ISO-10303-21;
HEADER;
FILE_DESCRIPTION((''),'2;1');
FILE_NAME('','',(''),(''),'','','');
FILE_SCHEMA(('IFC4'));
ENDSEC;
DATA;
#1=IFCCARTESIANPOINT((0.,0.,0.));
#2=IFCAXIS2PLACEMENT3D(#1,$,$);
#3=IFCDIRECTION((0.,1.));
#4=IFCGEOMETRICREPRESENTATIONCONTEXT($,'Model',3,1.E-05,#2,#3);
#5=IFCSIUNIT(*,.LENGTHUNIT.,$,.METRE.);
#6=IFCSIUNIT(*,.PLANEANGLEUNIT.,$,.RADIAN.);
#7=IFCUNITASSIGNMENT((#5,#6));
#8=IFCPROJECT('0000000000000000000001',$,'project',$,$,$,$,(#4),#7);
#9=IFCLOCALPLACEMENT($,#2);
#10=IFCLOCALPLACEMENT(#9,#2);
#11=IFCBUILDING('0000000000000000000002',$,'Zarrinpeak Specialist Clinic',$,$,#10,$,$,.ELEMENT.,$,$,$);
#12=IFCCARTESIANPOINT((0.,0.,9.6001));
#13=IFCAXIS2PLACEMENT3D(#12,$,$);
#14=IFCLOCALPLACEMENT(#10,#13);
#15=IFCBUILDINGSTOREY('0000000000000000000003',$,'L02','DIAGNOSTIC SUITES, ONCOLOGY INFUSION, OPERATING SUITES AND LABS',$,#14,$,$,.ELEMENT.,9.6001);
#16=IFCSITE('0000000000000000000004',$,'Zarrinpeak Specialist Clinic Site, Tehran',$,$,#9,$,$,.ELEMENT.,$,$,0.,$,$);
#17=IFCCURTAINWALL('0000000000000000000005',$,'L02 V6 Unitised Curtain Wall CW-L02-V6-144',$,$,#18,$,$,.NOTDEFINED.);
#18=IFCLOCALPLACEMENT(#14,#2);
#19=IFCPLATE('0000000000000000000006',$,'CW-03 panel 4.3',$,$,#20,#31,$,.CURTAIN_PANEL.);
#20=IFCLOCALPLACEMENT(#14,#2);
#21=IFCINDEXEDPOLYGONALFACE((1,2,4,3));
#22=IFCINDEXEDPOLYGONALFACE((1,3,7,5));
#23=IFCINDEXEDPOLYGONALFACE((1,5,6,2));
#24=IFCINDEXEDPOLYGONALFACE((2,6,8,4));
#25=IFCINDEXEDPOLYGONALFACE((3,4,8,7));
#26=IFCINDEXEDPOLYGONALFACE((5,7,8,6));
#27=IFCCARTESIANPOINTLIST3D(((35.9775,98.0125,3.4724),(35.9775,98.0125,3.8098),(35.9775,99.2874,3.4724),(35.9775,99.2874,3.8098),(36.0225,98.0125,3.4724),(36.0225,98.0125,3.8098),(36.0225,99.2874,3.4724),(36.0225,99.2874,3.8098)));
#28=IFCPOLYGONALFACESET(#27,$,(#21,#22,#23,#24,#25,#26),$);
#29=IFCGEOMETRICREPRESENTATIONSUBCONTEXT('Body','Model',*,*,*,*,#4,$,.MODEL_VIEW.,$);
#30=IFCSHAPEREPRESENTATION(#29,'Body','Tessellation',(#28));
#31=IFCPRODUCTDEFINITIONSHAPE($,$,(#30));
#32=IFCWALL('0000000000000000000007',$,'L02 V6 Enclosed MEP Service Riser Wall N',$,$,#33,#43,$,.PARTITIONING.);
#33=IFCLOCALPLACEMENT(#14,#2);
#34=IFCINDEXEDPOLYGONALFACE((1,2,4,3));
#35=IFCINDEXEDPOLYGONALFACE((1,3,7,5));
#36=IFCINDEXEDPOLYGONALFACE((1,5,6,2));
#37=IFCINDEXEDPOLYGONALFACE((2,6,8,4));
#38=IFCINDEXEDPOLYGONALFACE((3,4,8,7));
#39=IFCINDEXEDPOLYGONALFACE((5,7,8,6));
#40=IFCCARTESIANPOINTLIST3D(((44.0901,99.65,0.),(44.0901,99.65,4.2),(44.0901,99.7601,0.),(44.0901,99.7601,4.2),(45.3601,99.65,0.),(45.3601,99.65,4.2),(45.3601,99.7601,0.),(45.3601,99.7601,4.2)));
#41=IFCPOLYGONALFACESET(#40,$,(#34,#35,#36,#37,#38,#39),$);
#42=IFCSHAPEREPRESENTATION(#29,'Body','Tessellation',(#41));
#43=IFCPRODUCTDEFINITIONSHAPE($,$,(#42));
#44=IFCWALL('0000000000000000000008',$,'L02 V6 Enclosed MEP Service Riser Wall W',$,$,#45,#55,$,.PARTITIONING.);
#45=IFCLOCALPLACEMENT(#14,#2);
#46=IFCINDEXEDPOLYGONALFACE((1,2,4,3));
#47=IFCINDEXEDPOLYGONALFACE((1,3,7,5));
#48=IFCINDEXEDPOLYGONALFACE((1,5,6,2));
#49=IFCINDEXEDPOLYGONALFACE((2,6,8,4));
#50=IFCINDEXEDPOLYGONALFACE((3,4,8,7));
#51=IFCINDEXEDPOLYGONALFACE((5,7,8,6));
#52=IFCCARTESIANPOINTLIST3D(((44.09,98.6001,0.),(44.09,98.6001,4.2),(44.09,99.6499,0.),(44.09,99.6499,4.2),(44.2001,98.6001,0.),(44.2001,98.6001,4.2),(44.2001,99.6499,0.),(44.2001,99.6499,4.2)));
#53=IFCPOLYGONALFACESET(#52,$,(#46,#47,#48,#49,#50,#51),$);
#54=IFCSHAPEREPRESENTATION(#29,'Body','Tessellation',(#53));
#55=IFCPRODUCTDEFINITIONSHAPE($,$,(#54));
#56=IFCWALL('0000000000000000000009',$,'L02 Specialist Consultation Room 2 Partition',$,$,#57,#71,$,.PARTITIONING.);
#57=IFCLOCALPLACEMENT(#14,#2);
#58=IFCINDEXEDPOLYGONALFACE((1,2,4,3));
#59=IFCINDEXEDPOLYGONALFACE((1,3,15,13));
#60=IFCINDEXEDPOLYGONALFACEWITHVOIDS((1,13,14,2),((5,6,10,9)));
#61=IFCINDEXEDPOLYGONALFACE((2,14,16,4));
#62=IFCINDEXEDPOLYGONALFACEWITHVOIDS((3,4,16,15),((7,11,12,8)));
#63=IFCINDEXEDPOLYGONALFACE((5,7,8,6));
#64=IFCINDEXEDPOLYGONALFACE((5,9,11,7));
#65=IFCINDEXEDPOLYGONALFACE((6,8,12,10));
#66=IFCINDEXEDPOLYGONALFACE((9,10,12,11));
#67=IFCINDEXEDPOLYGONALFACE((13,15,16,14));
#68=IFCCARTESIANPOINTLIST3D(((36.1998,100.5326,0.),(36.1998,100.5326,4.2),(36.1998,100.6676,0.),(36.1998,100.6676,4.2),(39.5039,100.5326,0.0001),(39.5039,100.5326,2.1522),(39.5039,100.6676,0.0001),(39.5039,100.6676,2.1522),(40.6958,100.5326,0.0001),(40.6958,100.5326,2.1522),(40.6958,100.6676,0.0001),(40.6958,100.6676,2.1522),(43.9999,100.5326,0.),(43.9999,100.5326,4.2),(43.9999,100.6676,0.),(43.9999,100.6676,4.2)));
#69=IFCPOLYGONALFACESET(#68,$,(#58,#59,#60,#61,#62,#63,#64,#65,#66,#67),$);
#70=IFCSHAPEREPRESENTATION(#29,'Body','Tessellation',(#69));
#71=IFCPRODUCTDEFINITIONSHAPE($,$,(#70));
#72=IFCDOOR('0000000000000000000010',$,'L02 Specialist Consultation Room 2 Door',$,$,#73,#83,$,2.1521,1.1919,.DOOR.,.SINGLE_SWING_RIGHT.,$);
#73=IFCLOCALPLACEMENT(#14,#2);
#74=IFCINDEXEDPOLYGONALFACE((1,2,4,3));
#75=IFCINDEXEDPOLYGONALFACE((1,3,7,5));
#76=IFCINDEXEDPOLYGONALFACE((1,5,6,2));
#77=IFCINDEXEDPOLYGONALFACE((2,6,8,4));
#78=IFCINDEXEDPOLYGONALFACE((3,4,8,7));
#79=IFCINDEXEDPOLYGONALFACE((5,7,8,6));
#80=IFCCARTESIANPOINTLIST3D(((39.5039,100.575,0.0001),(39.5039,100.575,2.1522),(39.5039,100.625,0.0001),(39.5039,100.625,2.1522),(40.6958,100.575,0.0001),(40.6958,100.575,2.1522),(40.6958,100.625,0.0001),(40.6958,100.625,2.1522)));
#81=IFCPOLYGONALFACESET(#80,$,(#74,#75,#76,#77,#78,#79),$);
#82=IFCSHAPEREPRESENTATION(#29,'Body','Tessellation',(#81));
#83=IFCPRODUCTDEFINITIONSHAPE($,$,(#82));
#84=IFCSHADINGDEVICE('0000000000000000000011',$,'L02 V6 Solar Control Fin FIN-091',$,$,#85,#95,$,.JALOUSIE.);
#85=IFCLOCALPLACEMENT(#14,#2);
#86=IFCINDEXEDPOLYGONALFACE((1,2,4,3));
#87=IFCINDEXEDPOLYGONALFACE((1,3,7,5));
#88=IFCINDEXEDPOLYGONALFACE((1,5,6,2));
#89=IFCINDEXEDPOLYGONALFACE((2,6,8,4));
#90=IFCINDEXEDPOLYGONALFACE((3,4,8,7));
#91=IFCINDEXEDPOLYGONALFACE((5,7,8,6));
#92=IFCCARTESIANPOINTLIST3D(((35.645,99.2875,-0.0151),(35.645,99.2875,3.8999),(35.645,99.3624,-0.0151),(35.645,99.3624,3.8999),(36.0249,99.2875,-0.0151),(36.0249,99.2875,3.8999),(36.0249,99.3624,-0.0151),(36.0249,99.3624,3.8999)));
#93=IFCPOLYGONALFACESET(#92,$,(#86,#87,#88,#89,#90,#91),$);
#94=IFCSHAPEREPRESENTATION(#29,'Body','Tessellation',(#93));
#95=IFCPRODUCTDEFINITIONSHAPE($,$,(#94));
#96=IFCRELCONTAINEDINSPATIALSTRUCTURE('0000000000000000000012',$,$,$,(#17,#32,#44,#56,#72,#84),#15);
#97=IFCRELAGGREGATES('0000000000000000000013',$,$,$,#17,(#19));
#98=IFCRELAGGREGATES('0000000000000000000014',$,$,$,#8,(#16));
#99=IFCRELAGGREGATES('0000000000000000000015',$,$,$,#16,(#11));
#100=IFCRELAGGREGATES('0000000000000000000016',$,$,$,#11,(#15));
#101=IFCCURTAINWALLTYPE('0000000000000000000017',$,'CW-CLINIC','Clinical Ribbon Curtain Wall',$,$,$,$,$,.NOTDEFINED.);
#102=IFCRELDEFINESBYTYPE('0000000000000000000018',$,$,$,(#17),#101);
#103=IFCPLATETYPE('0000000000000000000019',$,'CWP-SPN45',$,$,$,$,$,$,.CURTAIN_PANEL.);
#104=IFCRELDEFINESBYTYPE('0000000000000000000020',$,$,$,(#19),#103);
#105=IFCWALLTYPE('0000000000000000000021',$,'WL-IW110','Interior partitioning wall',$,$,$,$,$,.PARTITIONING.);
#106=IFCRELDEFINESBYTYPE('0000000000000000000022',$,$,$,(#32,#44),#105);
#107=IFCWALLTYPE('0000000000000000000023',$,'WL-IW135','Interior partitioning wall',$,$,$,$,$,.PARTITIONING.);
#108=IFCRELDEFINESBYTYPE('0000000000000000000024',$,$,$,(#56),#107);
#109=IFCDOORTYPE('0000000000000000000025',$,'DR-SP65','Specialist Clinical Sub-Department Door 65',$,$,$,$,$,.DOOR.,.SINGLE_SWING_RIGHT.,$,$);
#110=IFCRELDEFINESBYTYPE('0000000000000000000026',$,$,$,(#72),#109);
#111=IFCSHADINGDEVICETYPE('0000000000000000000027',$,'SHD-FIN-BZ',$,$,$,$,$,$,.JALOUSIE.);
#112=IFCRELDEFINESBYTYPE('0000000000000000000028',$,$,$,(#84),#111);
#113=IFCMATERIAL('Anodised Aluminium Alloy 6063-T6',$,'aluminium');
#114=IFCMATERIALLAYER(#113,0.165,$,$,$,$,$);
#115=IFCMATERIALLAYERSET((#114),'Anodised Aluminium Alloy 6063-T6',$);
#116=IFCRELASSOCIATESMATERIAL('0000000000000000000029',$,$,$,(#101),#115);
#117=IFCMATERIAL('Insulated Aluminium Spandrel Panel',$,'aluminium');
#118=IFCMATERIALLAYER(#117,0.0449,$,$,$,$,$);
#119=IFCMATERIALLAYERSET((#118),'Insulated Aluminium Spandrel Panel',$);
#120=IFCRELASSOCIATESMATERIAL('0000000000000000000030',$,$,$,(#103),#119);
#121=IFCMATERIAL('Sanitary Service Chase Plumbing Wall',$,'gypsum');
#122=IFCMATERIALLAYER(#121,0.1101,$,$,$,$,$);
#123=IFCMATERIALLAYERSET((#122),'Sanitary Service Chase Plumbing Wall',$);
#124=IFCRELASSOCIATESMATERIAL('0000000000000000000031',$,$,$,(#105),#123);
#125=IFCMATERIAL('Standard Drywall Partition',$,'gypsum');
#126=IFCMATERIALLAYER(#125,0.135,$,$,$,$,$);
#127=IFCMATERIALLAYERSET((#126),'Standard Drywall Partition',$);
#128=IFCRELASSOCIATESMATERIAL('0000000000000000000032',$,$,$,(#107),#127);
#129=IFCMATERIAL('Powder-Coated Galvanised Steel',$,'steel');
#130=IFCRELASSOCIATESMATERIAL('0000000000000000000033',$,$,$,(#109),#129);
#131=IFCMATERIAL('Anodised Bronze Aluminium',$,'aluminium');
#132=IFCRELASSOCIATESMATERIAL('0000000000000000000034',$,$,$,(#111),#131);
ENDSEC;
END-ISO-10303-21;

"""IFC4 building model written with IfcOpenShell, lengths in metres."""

from ifc_helpers import new_model, si_unit, direction, frame, frame_2d, origin, origin_2d, place, context, subcontext, project, spatial, rectangle, extrude, material, layer, layer_set, type_object, element, fill, aggregate, save


model = new_model("IFC4")

# Units and contexts
model_context = context("Model", 3, precision=1e-05, world=origin(), true_north=direction((0.0, 1.0)))
body_context = subcontext(model_context, "Body", "Model", "MODEL_VIEW")
ifc_project = project(units=[si_unit("LENGTHUNIT", "METRE"), si_unit("PLANEANGLEUNIT", "RADIAN")], contexts=[model_context])

# Site, building, storey
site_placement = place(None, origin())
site = spatial("IfcSite", under=ifc_project, at=site_placement, Name="Zarrinpeak Specialist Clinic Site, Tehran", CompositionType="ELEMENT", RefElevation=0.0)
building_placement = place(site_placement, origin())
building = spatial("IfcBuilding", under=site, at=building_placement, Name="Zarrinpeak Specialist Clinic", CompositionType="ELEMENT")
storey_placement = place(building_placement, frame((0.0, 0.0, 9.6001)))
storey = spatial("IfcBuildingStorey", under=building, at=storey_placement, Name="L02", Description="DIAGNOSTIC SUITES, ONCOLOGY INFUSION, OPERATING SUITES AND LABS", CompositionType="ELEMENT", Elevation=9.6001)

# Curtain wall, plate
ifc_material_1 = material(Name="Anodised Aluminium Alloy 6063-T6", Category="aluminium")
ifc_layer_1 = layer(ifc_material_1, 0.165)
ifc_layer_set_1 = layer_set([ifc_layer_1], Name="Anodised Aluminium Alloy 6063-T6")
curtain_wall_type = type_object("IfcCurtainWallType", Name="CW-CLINIC", Description="Clinical Ribbon Curtain Wall", PredefinedType="NOTDEFINED", material=ifc_layer_set_1)
curtain_wall_placement = place(storey_placement, origin())
curtain_wall = element("IfcCurtainWall", 1, at=curtain_wall_placement, inside=storey, type_object=curtain_wall_type, Name="L02 V6 Unitised Curtain Wall CW-L02-V6-144", PredefinedType="NOTDEFINED")
ifc_material_2 = material(Name="Insulated Aluminium Spandrel Panel", Category="aluminium")
ifc_layer_2 = layer(ifc_material_2, 0.0449)
ifc_layer_set_2 = layer_set([ifc_layer_2], Name="Insulated Aluminium Spandrel Panel")
plate_type = type_object("IfcPlateType", Name="CWP-SPN45", PredefinedType="CURTAIN_PANEL", material=ifc_layer_set_2)
plate_1_placement = place(storey_placement, frame((36.0, 98.6499, 3.4724), z_axis=(0.0, 0.0, 1.0), x_axis=(0.0, -1.0, 0.0)))
plate_1 = element("IfcPlate", 2, at=plate_1_placement, type_object=plate_type, Name="CW-03 panel 4.3", PredefinedType="CURTAIN_PANEL", context=body_context, shape_type="SweptSolid", body=[
    extrude(rectangle(XDim=1.2749, YDim=0.0449, at=origin_2d()), origin(), (0.0, 0.0, 1.0), 0.3374),
])
aggregate(curtain_wall, [plate_1])

# Walls
ifc_material_3 = material(Name="Sanitary Service Chase Plumbing Wall", Category="gypsum")
ifc_layer_3 = layer(ifc_material_3, 0.1101)
ifc_layer_set_3 = layer_set([ifc_layer_3], Name="Sanitary Service Chase Plumbing Wall")
wall_type_1 = type_object("IfcWallType", Name="WL-IW110", Description="Interior partitioning wall", PredefinedType="PARTITIONING", material=ifc_layer_set_3)
wall_1_placement = place(storey_placement, frame((44.0901, 99.7051, 0.0), z_axis=(0.0, 0.0, 1.0), x_axis=(1.0, 0.0, 0.0)))
element("IfcWall", 3, at=wall_1_placement, inside=storey, type_object=wall_type_1, Name="L02 V6 Enclosed MEP Service Riser Wall N", PredefinedType="PARTITIONING", context=body_context, shape_type="SweptSolid", body=[
    extrude(rectangle(XDim=1.27, YDim=0.1101, at=frame_2d((0.635, 0.0))), origin(), (0.0, 0.0, 1.0), 4.2),
])
wall_2_placement = place(storey_placement, frame((44.145, 98.6001, 0.0), z_axis=(0.0, 0.0, 1.0), x_axis=(0.0, 1.0, 0.0)))
element("IfcWall", 4, at=wall_2_placement, inside=storey, type_object=wall_type_1, Name="L02 V6 Enclosed MEP Service Riser Wall W", PredefinedType="PARTITIONING", context=body_context, shape_type="SweptSolid", body=[
    extrude(rectangle(XDim=1.0498, YDim=0.1101, at=frame_2d((0.5249, 0.0))), origin(), (0.0, 0.0, 1.0), 4.2),
])

# Wall, opening, door
ifc_material_4 = material(Name="Standard Drywall Partition", Category="gypsum")
ifc_layer_4 = layer(ifc_material_4, 0.135)
ifc_layer_set_4 = layer_set([ifc_layer_4], Name="Standard Drywall Partition")
wall_type_2 = type_object("IfcWallType", Name="WL-IW135", Description="Interior partitioning wall", PredefinedType="PARTITIONING", material=ifc_layer_set_4)
wall_3_placement = place(storey_placement, frame((36.2, 100.6001, 0.0), z_axis=(0.0, 0.0, 1.0), x_axis=(1.0, 0.0, 0.0)))
wall_3 = element("IfcWall", 5, at=wall_3_placement, inside=storey, type_object=wall_type_2, Name="L02 Specialist Consultation Room 2 Partition", PredefinedType="PARTITIONING", context=body_context, shape_type="SweptSolid", body=[
    extrude(rectangle(XDim=7.8, YDim=0.135, at=frame_2d((3.8999, 0.0))), origin(), (0.0, 0.0, 1.0), 4.2),
])
opening_placement = place(wall_3_placement, frame((3.304, 0.0, 0.0)))
opening = element("IfcOpeningElement", 6, at=opening_placement, cuts=wall_3, PredefinedType="OPENING", context=body_context, shape_type="SweptSolid", body=[
    extrude(rectangle(XDim=1.1919, YDim=2.1521, at=frame_2d((0.5959, 1.0762))), frame((0.0, 0.0776, 0.0), z_axis=(0.0, -1.0, 0.0), x_axis=(1.0, 0.0, 0.0)), (0.0, 0.0, 1.0), 0.155),
])
ifc_material_5 = material(Name="Powder-Coated Galvanised Steel", Category="steel")
door_type = type_object("IfcDoorType", Name="DR-SP65", Description="Specialist Clinical Sub-Department Door 65", OperationType="SINGLE_SWING_RIGHT", PredefinedType="DOOR", material=ifc_material_5)
door_placement = place(opening_placement, origin())
door = element("IfcDoor", 7, at=door_placement, inside=storey, type_object=door_type, Name="L02 Specialist Consultation Room 2 Door", OperationType="SINGLE_SWING_RIGHT", OverallHeight=2.1521, OverallWidth=1.1919, PredefinedType="DOOR", context=body_context, shape_type="SweptSolid", body=[
    extrude(rectangle(XDim=1.1919, YDim=2.1521, at=frame_2d((0.5959, 1.0762))), frame((0.0, 0.0249, 0.0), z_axis=(0.0, -1.0, 0.0), x_axis=(1.0, 0.0, 0.0)), (0.0, 0.0, 1.0), 0.05),
])
fill(opening, door)

# Shading device
ifc_material_6 = material(Name="Anodised Bronze Aluminium", Category="aluminium")
shading_device_type = type_object("IfcShadingDeviceType", Name="SHD-FIN-BZ", PredefinedType="JALOUSIE", material=ifc_material_6)
shading_device_placement = place(storey_placement, frame((35.835, 99.325, -0.0151), z_axis=(0.0, 0.0, 1.0), x_axis=(1.0, 0.0, 0.0)))
element("IfcShadingDevice", 8, at=shading_device_placement, inside=storey, type_object=shading_device_type, Name="L02 V6 Solar Control Fin FIN-091", PredefinedType="JALOUSIE", context=body_context, shape_type="SweptSolid", body=[
    extrude(rectangle(XDim=0.3799, YDim=0.075, at=origin_2d()), origin(), (0.0, 0.0, 1.0), 3.915),
])

save(model, "model.ifc")
